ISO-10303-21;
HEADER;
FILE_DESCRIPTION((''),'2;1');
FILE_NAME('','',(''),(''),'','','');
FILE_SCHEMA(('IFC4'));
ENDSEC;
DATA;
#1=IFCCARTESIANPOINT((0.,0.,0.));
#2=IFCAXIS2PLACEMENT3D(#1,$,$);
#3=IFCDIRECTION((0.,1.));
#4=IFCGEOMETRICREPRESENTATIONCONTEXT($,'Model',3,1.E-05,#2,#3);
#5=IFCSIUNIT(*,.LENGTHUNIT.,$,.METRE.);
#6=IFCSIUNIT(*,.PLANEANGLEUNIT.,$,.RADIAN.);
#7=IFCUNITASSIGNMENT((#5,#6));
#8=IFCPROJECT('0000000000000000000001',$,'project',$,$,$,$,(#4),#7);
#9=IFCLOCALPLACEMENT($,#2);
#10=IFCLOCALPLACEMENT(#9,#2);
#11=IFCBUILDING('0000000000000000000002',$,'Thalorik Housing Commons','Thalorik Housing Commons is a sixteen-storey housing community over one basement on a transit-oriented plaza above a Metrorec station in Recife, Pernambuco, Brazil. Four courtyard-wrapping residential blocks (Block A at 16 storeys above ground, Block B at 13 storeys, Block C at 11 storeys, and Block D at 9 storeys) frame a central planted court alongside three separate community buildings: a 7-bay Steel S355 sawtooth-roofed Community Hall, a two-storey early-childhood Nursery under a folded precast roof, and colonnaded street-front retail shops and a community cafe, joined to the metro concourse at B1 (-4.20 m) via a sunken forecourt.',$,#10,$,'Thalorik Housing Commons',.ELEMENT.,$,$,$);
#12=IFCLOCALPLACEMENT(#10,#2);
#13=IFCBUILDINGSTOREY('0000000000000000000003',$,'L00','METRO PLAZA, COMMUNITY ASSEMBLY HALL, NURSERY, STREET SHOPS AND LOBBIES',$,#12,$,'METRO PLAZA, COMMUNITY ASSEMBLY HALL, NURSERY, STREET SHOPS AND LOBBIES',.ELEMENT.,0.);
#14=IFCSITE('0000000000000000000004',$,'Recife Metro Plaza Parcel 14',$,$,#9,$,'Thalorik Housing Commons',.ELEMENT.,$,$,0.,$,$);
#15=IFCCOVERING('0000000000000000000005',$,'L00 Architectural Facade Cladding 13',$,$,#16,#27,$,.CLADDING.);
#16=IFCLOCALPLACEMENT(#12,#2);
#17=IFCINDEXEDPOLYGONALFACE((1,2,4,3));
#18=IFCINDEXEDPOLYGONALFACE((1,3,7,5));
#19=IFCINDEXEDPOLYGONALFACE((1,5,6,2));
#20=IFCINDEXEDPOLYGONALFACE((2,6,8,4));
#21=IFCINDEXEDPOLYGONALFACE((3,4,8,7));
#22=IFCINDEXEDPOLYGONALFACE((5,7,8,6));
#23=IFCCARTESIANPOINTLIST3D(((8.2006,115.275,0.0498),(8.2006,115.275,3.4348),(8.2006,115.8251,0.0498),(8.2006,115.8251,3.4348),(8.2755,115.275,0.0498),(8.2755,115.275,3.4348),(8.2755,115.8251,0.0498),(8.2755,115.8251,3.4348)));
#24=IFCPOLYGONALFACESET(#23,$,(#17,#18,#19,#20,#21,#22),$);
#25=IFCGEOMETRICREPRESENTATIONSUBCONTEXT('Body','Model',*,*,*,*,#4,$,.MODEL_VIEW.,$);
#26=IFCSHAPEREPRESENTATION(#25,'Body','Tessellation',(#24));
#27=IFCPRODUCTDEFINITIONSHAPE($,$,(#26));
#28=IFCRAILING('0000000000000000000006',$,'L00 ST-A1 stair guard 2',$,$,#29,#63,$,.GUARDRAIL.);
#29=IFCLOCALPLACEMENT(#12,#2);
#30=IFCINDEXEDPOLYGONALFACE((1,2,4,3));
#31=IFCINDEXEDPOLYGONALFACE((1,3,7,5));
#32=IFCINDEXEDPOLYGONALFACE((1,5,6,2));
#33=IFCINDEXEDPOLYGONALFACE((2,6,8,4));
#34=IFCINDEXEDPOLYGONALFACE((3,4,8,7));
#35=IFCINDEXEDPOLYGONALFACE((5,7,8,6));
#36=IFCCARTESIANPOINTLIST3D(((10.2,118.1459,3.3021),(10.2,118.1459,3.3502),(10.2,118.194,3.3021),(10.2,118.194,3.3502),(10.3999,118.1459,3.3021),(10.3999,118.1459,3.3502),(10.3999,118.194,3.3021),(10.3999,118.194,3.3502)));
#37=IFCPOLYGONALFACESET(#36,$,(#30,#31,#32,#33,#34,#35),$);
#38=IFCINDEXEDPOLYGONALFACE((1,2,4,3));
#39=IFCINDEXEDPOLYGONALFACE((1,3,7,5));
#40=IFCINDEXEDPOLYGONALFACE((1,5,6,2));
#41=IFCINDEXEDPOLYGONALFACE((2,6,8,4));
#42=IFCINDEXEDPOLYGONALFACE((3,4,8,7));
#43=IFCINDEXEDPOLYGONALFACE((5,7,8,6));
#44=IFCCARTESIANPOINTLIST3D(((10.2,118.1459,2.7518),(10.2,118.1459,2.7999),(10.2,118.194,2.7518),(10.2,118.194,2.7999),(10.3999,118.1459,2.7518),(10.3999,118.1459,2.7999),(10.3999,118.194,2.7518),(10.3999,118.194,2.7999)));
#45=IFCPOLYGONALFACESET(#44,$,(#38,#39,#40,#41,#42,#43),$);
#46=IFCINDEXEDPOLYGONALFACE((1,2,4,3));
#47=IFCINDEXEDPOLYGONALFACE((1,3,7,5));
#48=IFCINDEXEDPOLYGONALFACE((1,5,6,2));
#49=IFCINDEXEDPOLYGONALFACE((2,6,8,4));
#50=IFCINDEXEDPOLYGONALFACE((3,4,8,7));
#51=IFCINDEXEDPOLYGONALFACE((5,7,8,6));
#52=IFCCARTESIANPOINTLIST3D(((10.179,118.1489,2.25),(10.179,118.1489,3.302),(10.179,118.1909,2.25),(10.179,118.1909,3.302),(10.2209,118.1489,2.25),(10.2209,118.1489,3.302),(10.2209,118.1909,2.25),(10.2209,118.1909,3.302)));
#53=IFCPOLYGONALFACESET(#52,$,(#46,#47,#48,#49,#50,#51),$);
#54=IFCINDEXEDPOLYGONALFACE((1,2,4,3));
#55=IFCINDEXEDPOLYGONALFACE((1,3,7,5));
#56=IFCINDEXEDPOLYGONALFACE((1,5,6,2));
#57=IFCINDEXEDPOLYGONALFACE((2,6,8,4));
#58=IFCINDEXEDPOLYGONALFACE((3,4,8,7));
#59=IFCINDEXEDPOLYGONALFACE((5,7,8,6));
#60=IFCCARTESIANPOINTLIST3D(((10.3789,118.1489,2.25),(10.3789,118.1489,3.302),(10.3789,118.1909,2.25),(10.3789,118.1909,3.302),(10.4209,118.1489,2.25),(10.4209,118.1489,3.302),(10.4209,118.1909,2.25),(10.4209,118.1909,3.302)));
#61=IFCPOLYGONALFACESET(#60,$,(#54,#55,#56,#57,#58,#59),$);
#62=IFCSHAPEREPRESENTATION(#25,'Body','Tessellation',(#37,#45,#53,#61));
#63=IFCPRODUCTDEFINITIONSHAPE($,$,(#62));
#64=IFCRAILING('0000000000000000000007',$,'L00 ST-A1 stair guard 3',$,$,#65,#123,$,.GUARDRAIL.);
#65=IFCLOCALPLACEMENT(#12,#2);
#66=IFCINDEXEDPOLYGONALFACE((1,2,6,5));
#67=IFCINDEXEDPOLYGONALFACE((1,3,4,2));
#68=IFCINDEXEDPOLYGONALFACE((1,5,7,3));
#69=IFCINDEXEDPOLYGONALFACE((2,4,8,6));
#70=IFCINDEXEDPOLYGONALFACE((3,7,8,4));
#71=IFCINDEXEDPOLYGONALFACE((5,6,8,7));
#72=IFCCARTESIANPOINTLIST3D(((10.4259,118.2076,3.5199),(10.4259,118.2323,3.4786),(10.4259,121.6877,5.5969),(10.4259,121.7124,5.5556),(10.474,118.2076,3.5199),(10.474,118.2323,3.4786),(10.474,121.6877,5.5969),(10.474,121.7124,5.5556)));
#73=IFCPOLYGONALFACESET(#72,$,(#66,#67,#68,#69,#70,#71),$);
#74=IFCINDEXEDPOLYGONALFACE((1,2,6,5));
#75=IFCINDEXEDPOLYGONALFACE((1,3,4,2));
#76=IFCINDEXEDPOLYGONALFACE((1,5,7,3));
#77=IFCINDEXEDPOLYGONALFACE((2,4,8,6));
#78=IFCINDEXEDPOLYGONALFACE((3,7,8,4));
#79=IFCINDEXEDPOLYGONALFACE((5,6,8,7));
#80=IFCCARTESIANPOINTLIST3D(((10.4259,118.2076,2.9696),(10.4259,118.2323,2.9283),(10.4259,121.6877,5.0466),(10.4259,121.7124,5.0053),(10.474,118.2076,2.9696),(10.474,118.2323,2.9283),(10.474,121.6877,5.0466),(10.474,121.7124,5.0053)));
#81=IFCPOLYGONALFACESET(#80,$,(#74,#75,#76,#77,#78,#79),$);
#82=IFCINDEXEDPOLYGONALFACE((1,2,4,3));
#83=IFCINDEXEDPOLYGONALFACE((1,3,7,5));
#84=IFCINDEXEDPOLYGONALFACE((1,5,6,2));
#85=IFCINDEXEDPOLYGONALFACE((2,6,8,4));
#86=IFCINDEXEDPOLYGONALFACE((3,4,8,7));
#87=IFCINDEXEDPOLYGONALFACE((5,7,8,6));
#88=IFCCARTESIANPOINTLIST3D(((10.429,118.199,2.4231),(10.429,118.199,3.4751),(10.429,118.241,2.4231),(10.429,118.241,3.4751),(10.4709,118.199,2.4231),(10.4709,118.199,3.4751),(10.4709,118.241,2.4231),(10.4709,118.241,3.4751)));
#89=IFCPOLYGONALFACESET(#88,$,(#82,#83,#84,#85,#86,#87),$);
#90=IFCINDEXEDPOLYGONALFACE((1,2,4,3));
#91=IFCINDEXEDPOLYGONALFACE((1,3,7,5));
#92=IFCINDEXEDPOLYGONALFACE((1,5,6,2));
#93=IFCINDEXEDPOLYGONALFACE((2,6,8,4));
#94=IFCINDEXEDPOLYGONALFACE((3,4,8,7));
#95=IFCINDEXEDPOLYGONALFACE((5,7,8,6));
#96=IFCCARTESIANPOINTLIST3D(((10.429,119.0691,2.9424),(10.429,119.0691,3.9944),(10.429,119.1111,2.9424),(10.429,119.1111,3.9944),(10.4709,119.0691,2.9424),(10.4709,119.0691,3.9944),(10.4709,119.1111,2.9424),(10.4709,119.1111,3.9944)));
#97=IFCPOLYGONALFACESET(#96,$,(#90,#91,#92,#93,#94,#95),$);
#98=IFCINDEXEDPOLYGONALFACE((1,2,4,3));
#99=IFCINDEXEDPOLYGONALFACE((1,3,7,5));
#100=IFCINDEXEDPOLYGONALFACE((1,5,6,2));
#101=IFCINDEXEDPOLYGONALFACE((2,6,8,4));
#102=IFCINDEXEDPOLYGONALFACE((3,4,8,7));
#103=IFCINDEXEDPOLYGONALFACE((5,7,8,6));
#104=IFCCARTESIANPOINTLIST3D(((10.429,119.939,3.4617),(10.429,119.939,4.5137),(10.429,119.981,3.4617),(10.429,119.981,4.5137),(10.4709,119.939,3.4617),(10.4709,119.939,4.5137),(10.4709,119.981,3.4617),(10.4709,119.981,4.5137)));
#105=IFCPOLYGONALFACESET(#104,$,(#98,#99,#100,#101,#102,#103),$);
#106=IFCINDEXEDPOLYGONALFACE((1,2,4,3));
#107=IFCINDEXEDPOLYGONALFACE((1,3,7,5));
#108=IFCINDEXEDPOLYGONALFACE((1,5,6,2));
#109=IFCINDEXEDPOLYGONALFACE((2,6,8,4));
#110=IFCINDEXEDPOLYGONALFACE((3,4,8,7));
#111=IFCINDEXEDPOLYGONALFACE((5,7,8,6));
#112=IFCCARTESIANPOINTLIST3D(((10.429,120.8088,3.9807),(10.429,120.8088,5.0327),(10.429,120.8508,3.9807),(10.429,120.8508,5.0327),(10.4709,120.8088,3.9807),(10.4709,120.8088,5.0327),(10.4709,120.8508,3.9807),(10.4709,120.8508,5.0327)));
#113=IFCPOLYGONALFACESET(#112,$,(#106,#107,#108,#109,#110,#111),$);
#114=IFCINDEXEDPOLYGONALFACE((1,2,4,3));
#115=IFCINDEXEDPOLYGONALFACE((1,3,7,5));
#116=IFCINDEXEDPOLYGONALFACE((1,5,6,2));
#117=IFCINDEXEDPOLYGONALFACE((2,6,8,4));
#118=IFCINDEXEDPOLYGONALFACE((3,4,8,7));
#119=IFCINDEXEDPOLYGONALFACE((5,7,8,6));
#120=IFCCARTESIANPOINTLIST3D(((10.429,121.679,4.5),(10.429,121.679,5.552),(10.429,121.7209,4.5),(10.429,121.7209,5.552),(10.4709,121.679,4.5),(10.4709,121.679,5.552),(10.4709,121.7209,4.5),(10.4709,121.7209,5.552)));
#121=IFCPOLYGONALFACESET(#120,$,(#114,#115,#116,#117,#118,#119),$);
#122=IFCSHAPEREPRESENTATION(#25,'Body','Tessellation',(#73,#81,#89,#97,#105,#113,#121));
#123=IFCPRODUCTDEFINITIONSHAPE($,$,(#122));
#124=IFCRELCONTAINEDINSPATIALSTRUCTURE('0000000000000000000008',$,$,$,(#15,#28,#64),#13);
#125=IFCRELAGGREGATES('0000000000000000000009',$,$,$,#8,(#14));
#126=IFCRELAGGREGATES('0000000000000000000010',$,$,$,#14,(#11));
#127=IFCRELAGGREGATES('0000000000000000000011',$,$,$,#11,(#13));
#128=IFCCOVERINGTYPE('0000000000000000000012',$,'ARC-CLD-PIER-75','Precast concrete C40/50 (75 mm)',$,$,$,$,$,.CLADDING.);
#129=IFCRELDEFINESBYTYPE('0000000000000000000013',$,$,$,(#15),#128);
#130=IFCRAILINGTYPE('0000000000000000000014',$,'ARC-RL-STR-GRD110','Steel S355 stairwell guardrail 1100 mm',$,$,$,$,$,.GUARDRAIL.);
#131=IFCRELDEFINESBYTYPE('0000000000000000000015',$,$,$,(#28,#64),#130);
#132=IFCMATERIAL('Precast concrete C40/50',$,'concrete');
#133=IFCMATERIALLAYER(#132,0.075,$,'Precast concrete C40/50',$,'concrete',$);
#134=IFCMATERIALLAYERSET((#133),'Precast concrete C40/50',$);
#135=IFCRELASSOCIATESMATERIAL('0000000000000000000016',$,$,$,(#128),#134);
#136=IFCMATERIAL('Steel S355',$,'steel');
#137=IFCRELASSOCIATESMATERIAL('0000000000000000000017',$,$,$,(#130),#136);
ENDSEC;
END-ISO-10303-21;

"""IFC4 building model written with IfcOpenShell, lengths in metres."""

from ifc_helpers import new_model, si_unit, direction, frame, origin, origin_2d, place, context, subcontext, project, spatial, rectangle, extrude, material, layer, layer_set, type_object, element, save


model = new_model("IFC4")

# Units and contexts
model_context = context("Model", 3, precision=1e-05, world=origin(), true_north=direction((0.0, 1.0)))
body_context = subcontext(model_context, "Body", "Model", "MODEL_VIEW")
ifc_project = project(units=[si_unit("LENGTHUNIT", "METRE"), si_unit("PLANEANGLEUNIT", "RADIAN")], contexts=[model_context])

# Site, building, storey
site_placement = place(None, origin())
site = spatial("IfcSite", under=ifc_project, at=site_placement, Name="Recife Metro Plaza Parcel 14", LongName="Thalorik Housing Commons", CompositionType="ELEMENT", RefElevation=0.0)
building_placement = place(site_placement, origin())
building = spatial("IfcBuilding", under=site, at=building_placement, Name="Thalorik Housing Commons", Description="Thalorik Housing Commons is a sixteen-storey housing community over one basement on a transit-oriented plaza above a Metrorec station in Recife, Pernambuco, Brazil. Four courtyard-wrapping residential blocks (Block A at 16 storeys above ground, Block B at 13 storeys, Block C at 11 storeys, and Block D at 9 storeys) frame a central planted court alongside three separate community buildings: a 7-bay Steel S355 sawtooth-roofed Community Hall, a two-storey early-childhood Nursery under a folded precast roof, and colonnaded street-front retail shops and a community cafe, joined to the metro concourse at B1 (-4.20 m) via a sunken forecourt.", LongName="Thalorik Housing Commons", CompositionType="ELEMENT")
storey_placement = place(building_placement, origin())
storey = spatial("IfcBuildingStorey", under=building, at=storey_placement, Name="L00", Description="METRO PLAZA, COMMUNITY ASSEMBLY HALL, NURSERY, STREET SHOPS AND LOBBIES", LongName="METRO PLAZA, COMMUNITY ASSEMBLY HALL, NURSERY, STREET SHOPS AND LOBBIES", CompositionType="ELEMENT", Elevation=0.0)

# Shared definitions
ifc_material_1 = material(Name="Precast concrete C40/50", Category="concrete")

# Shared definitions
ifc_material_2 = material(Name="Steel S355", Category="steel")

# Covering
ifc_layer_1 = layer(ifc_material_1, 0.075, Name="Precast concrete C40/50", Category="concrete")
ifc_layer_set_1 = layer_set([ifc_layer_1], Name="Precast concrete C40/50")
covering_type = type_object("IfcCoveringType", Name="ARC-CLD-PIER-75", Description="Precast concrete C40/50 (75 mm)", PredefinedType="CLADDING", material=ifc_layer_set_1)
covering_placement = place(storey_placement, frame((8.238, 115.55, 0.0498), z_axis=(0.0, 0.0, 1.0), x_axis=(0.0, -1.0, 0.0)))
element("IfcCovering", 1, at=covering_placement, inside=storey, type_object=covering_type, Name="L00 Architectural Facade Cladding 13", PredefinedType="CLADDING", context=body_context, shape_type="SweptSolid", body=[
    extrude(rectangle(XDim=0.55, YDim=0.075, at=origin_2d()), origin(), (0.0, 0.0, 1.0), 3.385),
])

# Railings
railing_type = type_object("IfcRailingType", Name="ARC-RL-STR-GRD110", Description="Steel S355 stairwell guardrail 1100 mm", PredefinedType="GUARDRAIL", material=ifc_material_2)
railing_1_placement = place(storey_placement, frame((10.2, 118.1699, 2.25)))
element("IfcRailing", 2, at=railing_1_placement, inside=storey, type_object=railing_type, Name="L00 ST-A1 stair guard 2", PredefinedType="GUARDRAIL", context=body_context, shape_type="SweptSolid", body=[
    extrude(rectangle(XDim=0.0481, YDim=0.0481, at=origin_2d()), frame((0.0, 0.0, 1.0762), z_axis=(1.0, 0.0, 0.0), x_axis=(0.0, 1.0, 0.0)), (0.0, 0.0, 1.0), 0.2),
    extrude(rectangle(XDim=0.0481, YDim=0.0481, at=origin_2d()), frame((0.0, 0.0, 0.5259), z_axis=(1.0, 0.0, 0.0), x_axis=(0.0, 1.0, 0.0)), (0.0, 0.0, 1.0), 0.2),
    extrude(rectangle(XDim=0.042, YDim=0.042, at=origin_2d()), origin(), (0.0, 0.0, 1.0), 1.052),
    extrude(rectangle(XDim=0.042, YDim=0.042, at=origin_2d()), frame((0.2, 0.0, 0.0)), (0.0, 0.0, 1.0), 1.052),
])
railing_2_placement = place(storey_placement, frame((10.45, 118.22, 2.4231)))
element("IfcRailing", 3, at=railing_2_placement, inside=storey, type_object=railing_type, Name="L00 ST-A1 stair guard 3", PredefinedType="GUARDRAIL", context=body_context, shape_type="SweptSolid", body=[
    extrude(rectangle(XDim=0.0481, YDim=0.0481, at=origin_2d()), frame((0.0, 0.0, 1.0762), z_axis=(0.0, 0.858697, 0.512483), x_axis=(-1.0, 0.0, 0.0)), (0.0, 0.0, 1.0), 4.0527),
    extrude(rectangle(XDim=0.0481, YDim=0.0481, at=origin_2d()), frame((0.0, 0.0, 0.5259), z_axis=(0.0, 0.858697, 0.512483), x_axis=(-1.0, 0.0, 0.0)), (0.0, 0.0, 1.0), 4.0527),
    extrude(rectangle(XDim=0.042, YDim=0.042, at=origin_2d()), origin(), (0.0, 0.0, 1.0), 1.052),
    extrude(rectangle(XDim=0.042, YDim=0.042, at=origin_2d()), frame((0.0, 0.8701, 0.5193)), (0.0, 0.0, 1.0), 1.052),
    extrude(rectangle(XDim=0.042, YDim=0.042, at=origin_2d()), frame((0.0, 1.74, 1.0386)), (0.0, 0.0, 1.0), 1.052),
    extrude(rectangle(XDim=0.042, YDim=0.042, at=origin_2d()), frame((0.0, 2.6099, 1.5576)), (0.0, 0.0, 1.0), 1.052),
    extrude(rectangle(XDim=0.042, YDim=0.042, at=origin_2d()), frame((0.0, 3.48, 2.0769)), (0.0, 0.0, 1.0), 1.052),
])

save(model, "model.ifc")
